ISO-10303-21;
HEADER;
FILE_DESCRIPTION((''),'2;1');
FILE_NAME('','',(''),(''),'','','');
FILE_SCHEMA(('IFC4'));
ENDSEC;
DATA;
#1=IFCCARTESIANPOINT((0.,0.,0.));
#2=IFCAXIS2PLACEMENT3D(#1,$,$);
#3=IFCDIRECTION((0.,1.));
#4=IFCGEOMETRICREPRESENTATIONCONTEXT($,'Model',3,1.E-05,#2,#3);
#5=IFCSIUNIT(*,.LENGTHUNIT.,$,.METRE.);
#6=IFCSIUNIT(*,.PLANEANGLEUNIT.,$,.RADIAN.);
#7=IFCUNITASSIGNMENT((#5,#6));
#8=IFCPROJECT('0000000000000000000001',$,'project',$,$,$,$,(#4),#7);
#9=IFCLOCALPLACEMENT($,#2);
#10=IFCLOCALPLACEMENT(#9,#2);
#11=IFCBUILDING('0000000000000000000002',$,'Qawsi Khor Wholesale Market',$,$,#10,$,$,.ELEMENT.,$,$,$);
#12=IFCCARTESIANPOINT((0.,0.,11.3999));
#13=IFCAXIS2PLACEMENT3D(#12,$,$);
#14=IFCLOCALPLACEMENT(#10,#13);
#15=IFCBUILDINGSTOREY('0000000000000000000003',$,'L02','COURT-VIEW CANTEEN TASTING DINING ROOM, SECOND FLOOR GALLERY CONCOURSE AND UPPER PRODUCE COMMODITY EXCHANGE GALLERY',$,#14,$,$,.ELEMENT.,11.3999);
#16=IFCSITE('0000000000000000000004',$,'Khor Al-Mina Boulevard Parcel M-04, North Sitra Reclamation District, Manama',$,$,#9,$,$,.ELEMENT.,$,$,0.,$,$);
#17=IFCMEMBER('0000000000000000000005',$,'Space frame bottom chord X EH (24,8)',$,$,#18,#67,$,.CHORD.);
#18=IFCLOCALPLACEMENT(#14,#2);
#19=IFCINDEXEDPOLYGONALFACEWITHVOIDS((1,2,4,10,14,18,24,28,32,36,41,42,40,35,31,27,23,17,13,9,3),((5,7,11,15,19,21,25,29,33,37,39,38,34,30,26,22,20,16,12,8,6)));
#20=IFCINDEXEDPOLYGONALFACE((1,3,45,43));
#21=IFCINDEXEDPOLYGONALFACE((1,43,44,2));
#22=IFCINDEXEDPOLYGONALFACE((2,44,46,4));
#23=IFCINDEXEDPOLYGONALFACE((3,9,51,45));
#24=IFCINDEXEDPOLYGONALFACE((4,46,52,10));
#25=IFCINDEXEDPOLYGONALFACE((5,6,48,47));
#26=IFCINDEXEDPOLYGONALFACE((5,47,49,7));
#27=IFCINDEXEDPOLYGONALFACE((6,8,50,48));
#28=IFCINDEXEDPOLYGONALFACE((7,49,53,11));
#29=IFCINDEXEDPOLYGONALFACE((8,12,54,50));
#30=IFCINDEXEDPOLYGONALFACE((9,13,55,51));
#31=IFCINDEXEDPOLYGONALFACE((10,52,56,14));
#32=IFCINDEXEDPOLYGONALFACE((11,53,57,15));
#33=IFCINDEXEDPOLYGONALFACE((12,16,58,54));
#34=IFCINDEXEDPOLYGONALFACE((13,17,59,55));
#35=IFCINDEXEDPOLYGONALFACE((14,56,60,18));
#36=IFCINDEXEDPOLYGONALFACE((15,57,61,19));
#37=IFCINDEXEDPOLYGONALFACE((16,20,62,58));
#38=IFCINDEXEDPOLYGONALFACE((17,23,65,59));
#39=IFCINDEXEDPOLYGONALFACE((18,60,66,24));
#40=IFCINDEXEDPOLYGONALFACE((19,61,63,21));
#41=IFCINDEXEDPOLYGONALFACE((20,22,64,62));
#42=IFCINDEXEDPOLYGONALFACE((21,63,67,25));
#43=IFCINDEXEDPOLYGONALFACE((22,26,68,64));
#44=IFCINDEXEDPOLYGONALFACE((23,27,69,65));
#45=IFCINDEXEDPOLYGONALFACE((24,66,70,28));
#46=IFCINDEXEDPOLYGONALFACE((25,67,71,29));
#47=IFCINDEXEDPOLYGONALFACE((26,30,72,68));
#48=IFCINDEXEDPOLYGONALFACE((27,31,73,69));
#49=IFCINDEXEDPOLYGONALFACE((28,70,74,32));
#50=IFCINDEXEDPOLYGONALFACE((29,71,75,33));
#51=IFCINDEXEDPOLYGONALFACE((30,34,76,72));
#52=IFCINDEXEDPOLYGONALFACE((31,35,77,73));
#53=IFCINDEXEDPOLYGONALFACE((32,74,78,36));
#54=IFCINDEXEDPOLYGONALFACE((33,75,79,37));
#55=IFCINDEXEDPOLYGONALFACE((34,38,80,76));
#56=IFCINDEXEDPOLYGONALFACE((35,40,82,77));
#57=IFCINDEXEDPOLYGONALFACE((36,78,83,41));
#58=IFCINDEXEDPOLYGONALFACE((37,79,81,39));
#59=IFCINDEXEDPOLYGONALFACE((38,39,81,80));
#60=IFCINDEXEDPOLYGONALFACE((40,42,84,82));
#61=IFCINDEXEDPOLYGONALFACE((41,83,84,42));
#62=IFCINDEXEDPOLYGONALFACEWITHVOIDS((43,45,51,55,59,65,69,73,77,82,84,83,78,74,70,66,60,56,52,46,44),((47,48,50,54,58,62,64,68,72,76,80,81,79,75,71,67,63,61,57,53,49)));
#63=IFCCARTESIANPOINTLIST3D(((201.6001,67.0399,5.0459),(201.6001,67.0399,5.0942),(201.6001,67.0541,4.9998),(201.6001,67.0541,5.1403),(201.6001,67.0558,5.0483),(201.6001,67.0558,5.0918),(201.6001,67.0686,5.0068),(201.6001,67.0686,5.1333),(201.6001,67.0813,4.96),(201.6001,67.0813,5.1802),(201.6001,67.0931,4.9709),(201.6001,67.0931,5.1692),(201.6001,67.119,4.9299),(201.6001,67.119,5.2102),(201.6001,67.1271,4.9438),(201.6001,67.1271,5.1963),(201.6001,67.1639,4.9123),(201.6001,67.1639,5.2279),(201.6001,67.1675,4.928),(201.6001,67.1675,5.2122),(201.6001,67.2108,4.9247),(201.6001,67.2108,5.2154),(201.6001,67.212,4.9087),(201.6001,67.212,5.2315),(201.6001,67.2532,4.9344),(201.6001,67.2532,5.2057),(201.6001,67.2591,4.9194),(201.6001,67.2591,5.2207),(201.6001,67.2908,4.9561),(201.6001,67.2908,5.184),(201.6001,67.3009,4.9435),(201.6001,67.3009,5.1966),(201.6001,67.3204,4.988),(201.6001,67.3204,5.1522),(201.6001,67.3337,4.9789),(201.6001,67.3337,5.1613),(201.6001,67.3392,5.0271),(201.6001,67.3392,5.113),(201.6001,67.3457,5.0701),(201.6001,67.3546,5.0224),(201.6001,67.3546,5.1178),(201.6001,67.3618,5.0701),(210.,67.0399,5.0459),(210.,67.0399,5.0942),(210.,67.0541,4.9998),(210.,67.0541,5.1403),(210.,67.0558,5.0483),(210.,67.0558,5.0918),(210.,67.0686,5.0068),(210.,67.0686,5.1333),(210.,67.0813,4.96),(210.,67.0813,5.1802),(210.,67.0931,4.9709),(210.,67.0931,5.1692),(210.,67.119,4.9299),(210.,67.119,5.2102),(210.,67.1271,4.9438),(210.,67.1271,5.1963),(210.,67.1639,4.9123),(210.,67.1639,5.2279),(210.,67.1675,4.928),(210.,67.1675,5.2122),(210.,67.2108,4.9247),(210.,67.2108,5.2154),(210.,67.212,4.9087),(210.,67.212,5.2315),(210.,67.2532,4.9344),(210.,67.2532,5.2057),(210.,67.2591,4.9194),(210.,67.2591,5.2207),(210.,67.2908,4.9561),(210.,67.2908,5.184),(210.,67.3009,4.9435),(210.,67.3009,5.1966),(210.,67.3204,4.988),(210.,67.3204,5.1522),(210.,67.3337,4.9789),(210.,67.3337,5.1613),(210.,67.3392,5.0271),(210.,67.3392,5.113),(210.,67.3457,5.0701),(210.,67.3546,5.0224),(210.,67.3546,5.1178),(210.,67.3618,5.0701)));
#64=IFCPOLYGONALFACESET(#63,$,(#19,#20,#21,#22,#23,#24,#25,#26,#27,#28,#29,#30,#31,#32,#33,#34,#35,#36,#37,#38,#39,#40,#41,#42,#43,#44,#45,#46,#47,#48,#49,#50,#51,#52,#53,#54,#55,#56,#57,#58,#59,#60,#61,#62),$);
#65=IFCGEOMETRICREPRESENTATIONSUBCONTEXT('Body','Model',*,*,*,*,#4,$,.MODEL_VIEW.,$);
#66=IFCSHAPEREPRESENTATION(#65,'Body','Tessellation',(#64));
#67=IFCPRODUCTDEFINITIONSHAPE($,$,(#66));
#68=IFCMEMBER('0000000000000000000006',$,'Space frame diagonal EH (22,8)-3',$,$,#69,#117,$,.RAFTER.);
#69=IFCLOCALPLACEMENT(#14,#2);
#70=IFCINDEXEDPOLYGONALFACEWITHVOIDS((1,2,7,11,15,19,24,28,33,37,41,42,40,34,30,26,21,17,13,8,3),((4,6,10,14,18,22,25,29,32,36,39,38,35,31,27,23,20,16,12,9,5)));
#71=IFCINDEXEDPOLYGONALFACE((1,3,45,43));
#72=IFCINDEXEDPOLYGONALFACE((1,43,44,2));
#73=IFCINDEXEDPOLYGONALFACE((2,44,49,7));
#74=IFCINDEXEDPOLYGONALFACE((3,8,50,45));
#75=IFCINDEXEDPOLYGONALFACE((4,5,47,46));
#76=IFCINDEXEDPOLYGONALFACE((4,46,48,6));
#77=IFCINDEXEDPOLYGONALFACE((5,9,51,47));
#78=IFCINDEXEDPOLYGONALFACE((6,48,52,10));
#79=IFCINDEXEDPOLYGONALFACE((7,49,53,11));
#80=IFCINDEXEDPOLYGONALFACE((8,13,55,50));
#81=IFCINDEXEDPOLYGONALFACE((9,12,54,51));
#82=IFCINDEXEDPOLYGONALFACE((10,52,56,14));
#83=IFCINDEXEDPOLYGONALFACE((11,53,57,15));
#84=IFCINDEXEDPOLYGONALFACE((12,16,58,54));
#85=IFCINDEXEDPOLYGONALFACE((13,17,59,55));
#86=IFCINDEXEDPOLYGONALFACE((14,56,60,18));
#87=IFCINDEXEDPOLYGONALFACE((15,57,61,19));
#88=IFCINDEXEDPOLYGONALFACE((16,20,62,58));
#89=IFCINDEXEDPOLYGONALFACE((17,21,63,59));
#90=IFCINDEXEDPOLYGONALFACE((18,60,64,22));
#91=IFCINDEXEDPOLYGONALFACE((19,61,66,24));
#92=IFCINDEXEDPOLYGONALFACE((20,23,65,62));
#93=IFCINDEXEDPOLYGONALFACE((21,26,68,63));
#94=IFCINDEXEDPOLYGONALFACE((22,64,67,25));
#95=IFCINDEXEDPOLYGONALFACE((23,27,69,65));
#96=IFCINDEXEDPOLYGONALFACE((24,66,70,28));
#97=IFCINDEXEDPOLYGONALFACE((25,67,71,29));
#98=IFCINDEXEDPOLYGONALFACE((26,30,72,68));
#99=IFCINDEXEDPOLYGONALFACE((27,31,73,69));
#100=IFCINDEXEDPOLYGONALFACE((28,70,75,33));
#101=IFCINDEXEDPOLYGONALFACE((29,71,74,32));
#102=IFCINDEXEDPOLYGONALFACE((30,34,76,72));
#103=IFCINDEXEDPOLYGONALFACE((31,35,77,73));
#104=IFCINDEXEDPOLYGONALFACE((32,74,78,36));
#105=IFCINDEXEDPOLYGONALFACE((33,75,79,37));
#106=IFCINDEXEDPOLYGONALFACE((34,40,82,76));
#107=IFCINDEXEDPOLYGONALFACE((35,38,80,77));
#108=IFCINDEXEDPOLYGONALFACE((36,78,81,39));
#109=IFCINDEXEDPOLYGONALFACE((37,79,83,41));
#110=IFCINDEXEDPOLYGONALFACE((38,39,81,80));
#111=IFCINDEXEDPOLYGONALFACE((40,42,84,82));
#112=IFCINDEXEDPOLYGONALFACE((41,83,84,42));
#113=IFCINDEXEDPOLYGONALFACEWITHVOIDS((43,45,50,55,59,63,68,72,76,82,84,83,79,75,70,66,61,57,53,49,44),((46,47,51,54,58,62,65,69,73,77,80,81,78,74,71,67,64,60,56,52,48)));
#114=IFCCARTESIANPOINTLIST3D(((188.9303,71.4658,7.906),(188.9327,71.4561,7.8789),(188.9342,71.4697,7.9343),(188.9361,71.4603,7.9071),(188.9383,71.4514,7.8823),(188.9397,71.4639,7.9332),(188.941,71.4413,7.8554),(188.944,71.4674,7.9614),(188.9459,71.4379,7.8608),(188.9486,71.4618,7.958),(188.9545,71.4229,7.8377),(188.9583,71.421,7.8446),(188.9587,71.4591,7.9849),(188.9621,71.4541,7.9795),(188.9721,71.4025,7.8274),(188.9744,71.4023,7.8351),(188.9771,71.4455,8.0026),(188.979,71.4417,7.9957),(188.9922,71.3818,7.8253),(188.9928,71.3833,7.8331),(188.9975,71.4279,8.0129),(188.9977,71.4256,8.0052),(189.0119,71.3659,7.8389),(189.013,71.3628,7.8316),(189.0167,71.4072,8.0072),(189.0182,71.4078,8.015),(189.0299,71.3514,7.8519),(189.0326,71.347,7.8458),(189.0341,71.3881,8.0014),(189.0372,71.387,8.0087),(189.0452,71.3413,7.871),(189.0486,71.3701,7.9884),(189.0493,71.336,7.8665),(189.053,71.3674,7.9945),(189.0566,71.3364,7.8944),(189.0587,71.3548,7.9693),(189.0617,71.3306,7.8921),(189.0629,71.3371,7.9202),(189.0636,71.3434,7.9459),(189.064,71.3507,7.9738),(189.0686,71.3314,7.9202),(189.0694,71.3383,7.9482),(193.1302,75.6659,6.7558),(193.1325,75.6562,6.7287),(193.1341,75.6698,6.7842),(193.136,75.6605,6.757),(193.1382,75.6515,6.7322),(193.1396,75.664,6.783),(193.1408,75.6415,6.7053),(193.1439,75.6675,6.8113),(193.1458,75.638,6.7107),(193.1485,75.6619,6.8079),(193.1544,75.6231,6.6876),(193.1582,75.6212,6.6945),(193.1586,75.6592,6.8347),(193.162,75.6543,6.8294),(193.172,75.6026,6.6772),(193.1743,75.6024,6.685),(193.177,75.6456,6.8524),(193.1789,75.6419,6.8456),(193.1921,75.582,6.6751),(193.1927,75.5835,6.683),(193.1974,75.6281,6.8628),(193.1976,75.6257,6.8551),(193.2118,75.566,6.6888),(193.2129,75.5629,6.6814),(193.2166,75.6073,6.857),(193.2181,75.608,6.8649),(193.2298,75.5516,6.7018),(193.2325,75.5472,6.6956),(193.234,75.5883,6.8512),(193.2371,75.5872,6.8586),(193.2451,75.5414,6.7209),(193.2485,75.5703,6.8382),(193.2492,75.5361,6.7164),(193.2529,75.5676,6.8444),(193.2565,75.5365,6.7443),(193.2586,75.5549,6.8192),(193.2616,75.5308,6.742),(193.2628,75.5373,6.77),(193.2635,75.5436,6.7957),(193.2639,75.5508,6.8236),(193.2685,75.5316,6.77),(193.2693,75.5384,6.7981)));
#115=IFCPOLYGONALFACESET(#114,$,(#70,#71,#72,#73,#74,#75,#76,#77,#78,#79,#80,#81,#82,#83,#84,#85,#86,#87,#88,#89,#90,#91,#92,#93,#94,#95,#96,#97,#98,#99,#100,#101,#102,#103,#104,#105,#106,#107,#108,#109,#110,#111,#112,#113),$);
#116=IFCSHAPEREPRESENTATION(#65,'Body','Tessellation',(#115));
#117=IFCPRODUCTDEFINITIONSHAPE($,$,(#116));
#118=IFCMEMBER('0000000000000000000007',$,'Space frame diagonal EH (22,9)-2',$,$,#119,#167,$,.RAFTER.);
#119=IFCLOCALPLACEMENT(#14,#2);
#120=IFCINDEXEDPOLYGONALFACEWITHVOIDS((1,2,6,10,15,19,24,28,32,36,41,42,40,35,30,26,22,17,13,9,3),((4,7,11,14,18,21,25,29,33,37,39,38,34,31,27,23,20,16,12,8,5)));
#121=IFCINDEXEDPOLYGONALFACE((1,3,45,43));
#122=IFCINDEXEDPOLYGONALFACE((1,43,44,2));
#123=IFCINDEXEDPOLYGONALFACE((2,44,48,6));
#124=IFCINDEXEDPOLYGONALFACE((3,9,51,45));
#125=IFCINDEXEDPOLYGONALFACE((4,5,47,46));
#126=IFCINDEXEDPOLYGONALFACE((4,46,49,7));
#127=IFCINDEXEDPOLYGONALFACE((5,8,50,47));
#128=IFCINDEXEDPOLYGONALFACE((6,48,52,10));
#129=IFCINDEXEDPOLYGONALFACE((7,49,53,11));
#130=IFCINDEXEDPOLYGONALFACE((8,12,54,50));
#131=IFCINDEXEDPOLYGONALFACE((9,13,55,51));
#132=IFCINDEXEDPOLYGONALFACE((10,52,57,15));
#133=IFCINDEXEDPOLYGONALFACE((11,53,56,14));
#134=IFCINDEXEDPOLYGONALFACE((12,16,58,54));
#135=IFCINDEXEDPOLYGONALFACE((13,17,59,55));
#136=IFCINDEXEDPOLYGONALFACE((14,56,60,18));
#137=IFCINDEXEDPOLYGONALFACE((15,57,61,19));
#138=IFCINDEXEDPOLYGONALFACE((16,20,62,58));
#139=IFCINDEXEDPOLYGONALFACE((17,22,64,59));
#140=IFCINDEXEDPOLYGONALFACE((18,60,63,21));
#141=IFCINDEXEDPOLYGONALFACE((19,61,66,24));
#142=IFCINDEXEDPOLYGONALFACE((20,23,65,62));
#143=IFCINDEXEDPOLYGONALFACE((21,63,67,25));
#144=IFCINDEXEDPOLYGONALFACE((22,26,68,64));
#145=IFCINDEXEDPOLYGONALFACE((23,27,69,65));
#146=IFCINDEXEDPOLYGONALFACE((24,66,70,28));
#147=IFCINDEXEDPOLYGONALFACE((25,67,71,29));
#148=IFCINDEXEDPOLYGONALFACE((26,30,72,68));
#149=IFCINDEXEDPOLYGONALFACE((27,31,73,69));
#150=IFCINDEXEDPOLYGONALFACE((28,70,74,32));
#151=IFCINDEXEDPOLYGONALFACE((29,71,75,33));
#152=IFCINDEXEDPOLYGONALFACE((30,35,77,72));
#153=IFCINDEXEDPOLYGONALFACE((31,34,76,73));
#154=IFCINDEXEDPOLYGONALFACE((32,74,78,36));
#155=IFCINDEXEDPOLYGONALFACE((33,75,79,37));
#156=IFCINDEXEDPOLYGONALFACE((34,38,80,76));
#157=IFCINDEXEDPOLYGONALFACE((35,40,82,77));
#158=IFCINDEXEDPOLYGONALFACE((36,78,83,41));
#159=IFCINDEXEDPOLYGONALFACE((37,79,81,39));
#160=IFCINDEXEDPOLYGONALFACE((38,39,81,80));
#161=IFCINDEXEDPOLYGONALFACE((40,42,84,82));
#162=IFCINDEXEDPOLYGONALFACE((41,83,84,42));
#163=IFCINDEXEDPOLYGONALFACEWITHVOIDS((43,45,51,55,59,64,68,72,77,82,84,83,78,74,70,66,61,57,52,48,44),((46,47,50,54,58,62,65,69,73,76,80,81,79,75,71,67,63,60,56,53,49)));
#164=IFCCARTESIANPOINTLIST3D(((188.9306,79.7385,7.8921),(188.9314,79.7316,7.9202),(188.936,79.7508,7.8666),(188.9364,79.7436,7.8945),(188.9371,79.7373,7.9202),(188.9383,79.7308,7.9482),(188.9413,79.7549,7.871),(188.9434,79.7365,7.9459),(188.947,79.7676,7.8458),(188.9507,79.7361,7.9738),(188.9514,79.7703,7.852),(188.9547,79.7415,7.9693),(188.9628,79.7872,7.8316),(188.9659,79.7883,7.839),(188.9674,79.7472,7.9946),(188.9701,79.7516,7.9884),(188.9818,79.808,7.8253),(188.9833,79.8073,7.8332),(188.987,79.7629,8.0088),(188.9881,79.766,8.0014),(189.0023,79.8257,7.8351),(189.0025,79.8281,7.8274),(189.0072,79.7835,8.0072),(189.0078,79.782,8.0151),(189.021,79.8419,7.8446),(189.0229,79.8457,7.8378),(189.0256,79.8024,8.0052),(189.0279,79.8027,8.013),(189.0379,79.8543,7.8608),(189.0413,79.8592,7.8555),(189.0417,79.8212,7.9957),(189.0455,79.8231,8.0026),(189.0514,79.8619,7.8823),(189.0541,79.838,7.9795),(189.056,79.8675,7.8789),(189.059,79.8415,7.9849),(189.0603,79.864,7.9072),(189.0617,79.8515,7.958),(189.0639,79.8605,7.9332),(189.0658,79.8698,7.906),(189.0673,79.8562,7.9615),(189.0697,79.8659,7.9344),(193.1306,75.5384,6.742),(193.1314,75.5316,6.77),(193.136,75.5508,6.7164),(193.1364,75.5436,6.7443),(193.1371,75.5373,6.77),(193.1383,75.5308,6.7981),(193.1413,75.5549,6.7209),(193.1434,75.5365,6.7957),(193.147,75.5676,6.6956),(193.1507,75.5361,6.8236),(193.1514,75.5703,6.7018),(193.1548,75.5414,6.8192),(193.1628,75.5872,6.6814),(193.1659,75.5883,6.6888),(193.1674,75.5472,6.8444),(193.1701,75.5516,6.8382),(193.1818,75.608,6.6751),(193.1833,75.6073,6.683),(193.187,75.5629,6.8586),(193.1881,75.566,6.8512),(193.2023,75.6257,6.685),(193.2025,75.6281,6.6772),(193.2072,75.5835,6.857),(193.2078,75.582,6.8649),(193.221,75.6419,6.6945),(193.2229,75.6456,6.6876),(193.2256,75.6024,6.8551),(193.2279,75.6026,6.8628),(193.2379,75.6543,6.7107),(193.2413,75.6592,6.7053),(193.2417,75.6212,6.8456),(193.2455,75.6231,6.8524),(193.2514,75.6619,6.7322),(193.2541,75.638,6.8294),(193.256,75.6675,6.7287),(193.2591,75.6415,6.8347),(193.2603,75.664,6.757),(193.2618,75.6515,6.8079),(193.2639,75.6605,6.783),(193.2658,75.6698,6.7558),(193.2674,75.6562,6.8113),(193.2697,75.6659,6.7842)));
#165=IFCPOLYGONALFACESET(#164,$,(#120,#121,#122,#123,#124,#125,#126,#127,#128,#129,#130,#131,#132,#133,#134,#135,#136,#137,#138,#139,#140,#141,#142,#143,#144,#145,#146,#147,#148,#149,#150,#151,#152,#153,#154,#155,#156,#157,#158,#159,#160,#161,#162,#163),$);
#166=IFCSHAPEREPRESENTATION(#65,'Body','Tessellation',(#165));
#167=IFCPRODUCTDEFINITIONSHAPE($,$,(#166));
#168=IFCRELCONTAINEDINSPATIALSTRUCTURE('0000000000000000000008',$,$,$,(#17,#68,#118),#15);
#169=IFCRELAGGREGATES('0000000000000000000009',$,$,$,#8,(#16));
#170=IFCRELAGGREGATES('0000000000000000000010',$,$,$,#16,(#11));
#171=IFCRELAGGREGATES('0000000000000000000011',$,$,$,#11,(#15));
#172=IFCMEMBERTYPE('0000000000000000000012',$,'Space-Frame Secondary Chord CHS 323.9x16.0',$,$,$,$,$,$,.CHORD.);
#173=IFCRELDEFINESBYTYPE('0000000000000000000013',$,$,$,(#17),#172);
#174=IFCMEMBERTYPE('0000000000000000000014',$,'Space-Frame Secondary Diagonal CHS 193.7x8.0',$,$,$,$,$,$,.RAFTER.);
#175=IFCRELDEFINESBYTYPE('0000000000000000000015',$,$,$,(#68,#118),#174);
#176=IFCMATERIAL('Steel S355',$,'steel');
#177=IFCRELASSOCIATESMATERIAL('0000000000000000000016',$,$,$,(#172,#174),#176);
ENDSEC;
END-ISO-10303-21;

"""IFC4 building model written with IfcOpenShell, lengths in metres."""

from ifc_helpers import new_model, si_unit, direction, frame, origin, origin_2d, place, context, subcontext, project, spatial, hollow_circle, extrude, material, material_profile, profile_set, type_object, element, save


model = new_model("IFC4")

# Units and contexts
model_context = context("Model", 3, precision=1e-05, world=origin(), true_north=direction((0.0, 1.0)))
body_context = subcontext(model_context, "Body", "Model", "MODEL_VIEW")
ifc_project = project(units=[si_unit("LENGTHUNIT", "METRE"), si_unit("PLANEANGLEUNIT", "RADIAN")], contexts=[model_context])

# Site, building, storey
site_placement = place(None, origin())
site = spatial("IfcSite", under=ifc_project, at=site_placement, Name="Khor Al-Mina Boulevard Parcel M-04, North Sitra Reclamation District, Manama", CompositionType="ELEMENT", RefElevation=0.0)
building_placement = place(site_placement, origin())
building = spatial("IfcBuilding", under=site, at=building_placement, Name="Qawsi Khor Wholesale Market", CompositionType="ELEMENT")
storey_placement = place(building_placement, frame((0.0, 0.0, 11.3999)))
storey = spatial("IfcBuildingStorey", under=building, at=storey_placement, Name="L02", Description="COURT-VIEW CANTEEN TASTING DINING ROOM, SECOND FLOOR GALLERY CONCOURSE AND UPPER PRODUCE COMMODITY EXCHANGE GALLERY", CompositionType="ELEMENT", Elevation=11.3999)

# Members
ifc_material_1 = material(Name="Steel S355", Category="steel")
ifc_material_profile_1 = material_profile(ifc_material_1, hollow_circle(Radius=0.1619, WallThickness=0.0161, at=origin_2d()), Name="CHS 323.9x16.0")
ifc_profile_set_1 = profile_set([ifc_material_profile_1], Name="Steel S355")
member_type_1 = type_object("IfcMemberType", Name="Space-Frame Secondary Chord CHS 323.9x16.0", PredefinedType="CHORD", material=ifc_profile_set_1)
member_1_placement = place(storey_placement, frame((201.6001, 67.2, 5.0701), z_axis=(1.0, 0.0, 0.0), x_axis=(0.0, 1.0, 0.0)))
element("IfcMember", 1, at=member_1_placement, inside=storey, type_object=member_type_1, Name="Space frame bottom chord X EH (24,8)", PredefinedType="CHORD", context=body_context, shape_type="SweptSolid", body=[
    extrude(hollow_circle(Radius=0.1619, WallThickness=0.0161, at=origin_2d()), origin(), (0.0, 0.0, 1.0), 8.3999),
])
ifc_material_profile_2 = material_profile(ifc_material_1, hollow_circle(Radius=0.0969, WallThickness=0.0081, at=origin_2d()), Name="CHS 193.7x8.0")
ifc_profile_set_2 = profile_set([ifc_material_profile_2], Name="Steel S355")
member_type_2 = type_object("IfcMemberType", Name="Space-Frame Secondary Diagonal CHS 193.7x8.0", PredefinedType="RAFTER", material=ifc_profile_set_2)
for number, where, z_axis, x_axis, name in (
    (2, (193.2, 75.6001, 6.77), (-0.694192, -0.694232, 0.190103), (0.707127, -0.707086, 0.0), "Space frame diagonal EH (22,8)-3"),
    (3, (193.2, 75.6001, 6.77), (-0.694211, 0.694211, 0.190108), (-0.707107, -0.707107, 0.0), "Space frame diagonal EH (22,9)-2"),
):
    element("IfcMember", number, at=place(storey_placement, frame(where, z_axis=z_axis, x_axis=x_axis)), inside=storey, type_object=member_type_2, Name=name, PredefinedType="RAFTER", context=body_context, shape_type="SweptSolid", body=[
        extrude(hollow_circle(Radius=0.0969, WallThickness=0.0081, at=origin_2d()), origin(), (0.0, 0.0, 1.0), 6.05),
    ])

save(model, "model.ifc")
